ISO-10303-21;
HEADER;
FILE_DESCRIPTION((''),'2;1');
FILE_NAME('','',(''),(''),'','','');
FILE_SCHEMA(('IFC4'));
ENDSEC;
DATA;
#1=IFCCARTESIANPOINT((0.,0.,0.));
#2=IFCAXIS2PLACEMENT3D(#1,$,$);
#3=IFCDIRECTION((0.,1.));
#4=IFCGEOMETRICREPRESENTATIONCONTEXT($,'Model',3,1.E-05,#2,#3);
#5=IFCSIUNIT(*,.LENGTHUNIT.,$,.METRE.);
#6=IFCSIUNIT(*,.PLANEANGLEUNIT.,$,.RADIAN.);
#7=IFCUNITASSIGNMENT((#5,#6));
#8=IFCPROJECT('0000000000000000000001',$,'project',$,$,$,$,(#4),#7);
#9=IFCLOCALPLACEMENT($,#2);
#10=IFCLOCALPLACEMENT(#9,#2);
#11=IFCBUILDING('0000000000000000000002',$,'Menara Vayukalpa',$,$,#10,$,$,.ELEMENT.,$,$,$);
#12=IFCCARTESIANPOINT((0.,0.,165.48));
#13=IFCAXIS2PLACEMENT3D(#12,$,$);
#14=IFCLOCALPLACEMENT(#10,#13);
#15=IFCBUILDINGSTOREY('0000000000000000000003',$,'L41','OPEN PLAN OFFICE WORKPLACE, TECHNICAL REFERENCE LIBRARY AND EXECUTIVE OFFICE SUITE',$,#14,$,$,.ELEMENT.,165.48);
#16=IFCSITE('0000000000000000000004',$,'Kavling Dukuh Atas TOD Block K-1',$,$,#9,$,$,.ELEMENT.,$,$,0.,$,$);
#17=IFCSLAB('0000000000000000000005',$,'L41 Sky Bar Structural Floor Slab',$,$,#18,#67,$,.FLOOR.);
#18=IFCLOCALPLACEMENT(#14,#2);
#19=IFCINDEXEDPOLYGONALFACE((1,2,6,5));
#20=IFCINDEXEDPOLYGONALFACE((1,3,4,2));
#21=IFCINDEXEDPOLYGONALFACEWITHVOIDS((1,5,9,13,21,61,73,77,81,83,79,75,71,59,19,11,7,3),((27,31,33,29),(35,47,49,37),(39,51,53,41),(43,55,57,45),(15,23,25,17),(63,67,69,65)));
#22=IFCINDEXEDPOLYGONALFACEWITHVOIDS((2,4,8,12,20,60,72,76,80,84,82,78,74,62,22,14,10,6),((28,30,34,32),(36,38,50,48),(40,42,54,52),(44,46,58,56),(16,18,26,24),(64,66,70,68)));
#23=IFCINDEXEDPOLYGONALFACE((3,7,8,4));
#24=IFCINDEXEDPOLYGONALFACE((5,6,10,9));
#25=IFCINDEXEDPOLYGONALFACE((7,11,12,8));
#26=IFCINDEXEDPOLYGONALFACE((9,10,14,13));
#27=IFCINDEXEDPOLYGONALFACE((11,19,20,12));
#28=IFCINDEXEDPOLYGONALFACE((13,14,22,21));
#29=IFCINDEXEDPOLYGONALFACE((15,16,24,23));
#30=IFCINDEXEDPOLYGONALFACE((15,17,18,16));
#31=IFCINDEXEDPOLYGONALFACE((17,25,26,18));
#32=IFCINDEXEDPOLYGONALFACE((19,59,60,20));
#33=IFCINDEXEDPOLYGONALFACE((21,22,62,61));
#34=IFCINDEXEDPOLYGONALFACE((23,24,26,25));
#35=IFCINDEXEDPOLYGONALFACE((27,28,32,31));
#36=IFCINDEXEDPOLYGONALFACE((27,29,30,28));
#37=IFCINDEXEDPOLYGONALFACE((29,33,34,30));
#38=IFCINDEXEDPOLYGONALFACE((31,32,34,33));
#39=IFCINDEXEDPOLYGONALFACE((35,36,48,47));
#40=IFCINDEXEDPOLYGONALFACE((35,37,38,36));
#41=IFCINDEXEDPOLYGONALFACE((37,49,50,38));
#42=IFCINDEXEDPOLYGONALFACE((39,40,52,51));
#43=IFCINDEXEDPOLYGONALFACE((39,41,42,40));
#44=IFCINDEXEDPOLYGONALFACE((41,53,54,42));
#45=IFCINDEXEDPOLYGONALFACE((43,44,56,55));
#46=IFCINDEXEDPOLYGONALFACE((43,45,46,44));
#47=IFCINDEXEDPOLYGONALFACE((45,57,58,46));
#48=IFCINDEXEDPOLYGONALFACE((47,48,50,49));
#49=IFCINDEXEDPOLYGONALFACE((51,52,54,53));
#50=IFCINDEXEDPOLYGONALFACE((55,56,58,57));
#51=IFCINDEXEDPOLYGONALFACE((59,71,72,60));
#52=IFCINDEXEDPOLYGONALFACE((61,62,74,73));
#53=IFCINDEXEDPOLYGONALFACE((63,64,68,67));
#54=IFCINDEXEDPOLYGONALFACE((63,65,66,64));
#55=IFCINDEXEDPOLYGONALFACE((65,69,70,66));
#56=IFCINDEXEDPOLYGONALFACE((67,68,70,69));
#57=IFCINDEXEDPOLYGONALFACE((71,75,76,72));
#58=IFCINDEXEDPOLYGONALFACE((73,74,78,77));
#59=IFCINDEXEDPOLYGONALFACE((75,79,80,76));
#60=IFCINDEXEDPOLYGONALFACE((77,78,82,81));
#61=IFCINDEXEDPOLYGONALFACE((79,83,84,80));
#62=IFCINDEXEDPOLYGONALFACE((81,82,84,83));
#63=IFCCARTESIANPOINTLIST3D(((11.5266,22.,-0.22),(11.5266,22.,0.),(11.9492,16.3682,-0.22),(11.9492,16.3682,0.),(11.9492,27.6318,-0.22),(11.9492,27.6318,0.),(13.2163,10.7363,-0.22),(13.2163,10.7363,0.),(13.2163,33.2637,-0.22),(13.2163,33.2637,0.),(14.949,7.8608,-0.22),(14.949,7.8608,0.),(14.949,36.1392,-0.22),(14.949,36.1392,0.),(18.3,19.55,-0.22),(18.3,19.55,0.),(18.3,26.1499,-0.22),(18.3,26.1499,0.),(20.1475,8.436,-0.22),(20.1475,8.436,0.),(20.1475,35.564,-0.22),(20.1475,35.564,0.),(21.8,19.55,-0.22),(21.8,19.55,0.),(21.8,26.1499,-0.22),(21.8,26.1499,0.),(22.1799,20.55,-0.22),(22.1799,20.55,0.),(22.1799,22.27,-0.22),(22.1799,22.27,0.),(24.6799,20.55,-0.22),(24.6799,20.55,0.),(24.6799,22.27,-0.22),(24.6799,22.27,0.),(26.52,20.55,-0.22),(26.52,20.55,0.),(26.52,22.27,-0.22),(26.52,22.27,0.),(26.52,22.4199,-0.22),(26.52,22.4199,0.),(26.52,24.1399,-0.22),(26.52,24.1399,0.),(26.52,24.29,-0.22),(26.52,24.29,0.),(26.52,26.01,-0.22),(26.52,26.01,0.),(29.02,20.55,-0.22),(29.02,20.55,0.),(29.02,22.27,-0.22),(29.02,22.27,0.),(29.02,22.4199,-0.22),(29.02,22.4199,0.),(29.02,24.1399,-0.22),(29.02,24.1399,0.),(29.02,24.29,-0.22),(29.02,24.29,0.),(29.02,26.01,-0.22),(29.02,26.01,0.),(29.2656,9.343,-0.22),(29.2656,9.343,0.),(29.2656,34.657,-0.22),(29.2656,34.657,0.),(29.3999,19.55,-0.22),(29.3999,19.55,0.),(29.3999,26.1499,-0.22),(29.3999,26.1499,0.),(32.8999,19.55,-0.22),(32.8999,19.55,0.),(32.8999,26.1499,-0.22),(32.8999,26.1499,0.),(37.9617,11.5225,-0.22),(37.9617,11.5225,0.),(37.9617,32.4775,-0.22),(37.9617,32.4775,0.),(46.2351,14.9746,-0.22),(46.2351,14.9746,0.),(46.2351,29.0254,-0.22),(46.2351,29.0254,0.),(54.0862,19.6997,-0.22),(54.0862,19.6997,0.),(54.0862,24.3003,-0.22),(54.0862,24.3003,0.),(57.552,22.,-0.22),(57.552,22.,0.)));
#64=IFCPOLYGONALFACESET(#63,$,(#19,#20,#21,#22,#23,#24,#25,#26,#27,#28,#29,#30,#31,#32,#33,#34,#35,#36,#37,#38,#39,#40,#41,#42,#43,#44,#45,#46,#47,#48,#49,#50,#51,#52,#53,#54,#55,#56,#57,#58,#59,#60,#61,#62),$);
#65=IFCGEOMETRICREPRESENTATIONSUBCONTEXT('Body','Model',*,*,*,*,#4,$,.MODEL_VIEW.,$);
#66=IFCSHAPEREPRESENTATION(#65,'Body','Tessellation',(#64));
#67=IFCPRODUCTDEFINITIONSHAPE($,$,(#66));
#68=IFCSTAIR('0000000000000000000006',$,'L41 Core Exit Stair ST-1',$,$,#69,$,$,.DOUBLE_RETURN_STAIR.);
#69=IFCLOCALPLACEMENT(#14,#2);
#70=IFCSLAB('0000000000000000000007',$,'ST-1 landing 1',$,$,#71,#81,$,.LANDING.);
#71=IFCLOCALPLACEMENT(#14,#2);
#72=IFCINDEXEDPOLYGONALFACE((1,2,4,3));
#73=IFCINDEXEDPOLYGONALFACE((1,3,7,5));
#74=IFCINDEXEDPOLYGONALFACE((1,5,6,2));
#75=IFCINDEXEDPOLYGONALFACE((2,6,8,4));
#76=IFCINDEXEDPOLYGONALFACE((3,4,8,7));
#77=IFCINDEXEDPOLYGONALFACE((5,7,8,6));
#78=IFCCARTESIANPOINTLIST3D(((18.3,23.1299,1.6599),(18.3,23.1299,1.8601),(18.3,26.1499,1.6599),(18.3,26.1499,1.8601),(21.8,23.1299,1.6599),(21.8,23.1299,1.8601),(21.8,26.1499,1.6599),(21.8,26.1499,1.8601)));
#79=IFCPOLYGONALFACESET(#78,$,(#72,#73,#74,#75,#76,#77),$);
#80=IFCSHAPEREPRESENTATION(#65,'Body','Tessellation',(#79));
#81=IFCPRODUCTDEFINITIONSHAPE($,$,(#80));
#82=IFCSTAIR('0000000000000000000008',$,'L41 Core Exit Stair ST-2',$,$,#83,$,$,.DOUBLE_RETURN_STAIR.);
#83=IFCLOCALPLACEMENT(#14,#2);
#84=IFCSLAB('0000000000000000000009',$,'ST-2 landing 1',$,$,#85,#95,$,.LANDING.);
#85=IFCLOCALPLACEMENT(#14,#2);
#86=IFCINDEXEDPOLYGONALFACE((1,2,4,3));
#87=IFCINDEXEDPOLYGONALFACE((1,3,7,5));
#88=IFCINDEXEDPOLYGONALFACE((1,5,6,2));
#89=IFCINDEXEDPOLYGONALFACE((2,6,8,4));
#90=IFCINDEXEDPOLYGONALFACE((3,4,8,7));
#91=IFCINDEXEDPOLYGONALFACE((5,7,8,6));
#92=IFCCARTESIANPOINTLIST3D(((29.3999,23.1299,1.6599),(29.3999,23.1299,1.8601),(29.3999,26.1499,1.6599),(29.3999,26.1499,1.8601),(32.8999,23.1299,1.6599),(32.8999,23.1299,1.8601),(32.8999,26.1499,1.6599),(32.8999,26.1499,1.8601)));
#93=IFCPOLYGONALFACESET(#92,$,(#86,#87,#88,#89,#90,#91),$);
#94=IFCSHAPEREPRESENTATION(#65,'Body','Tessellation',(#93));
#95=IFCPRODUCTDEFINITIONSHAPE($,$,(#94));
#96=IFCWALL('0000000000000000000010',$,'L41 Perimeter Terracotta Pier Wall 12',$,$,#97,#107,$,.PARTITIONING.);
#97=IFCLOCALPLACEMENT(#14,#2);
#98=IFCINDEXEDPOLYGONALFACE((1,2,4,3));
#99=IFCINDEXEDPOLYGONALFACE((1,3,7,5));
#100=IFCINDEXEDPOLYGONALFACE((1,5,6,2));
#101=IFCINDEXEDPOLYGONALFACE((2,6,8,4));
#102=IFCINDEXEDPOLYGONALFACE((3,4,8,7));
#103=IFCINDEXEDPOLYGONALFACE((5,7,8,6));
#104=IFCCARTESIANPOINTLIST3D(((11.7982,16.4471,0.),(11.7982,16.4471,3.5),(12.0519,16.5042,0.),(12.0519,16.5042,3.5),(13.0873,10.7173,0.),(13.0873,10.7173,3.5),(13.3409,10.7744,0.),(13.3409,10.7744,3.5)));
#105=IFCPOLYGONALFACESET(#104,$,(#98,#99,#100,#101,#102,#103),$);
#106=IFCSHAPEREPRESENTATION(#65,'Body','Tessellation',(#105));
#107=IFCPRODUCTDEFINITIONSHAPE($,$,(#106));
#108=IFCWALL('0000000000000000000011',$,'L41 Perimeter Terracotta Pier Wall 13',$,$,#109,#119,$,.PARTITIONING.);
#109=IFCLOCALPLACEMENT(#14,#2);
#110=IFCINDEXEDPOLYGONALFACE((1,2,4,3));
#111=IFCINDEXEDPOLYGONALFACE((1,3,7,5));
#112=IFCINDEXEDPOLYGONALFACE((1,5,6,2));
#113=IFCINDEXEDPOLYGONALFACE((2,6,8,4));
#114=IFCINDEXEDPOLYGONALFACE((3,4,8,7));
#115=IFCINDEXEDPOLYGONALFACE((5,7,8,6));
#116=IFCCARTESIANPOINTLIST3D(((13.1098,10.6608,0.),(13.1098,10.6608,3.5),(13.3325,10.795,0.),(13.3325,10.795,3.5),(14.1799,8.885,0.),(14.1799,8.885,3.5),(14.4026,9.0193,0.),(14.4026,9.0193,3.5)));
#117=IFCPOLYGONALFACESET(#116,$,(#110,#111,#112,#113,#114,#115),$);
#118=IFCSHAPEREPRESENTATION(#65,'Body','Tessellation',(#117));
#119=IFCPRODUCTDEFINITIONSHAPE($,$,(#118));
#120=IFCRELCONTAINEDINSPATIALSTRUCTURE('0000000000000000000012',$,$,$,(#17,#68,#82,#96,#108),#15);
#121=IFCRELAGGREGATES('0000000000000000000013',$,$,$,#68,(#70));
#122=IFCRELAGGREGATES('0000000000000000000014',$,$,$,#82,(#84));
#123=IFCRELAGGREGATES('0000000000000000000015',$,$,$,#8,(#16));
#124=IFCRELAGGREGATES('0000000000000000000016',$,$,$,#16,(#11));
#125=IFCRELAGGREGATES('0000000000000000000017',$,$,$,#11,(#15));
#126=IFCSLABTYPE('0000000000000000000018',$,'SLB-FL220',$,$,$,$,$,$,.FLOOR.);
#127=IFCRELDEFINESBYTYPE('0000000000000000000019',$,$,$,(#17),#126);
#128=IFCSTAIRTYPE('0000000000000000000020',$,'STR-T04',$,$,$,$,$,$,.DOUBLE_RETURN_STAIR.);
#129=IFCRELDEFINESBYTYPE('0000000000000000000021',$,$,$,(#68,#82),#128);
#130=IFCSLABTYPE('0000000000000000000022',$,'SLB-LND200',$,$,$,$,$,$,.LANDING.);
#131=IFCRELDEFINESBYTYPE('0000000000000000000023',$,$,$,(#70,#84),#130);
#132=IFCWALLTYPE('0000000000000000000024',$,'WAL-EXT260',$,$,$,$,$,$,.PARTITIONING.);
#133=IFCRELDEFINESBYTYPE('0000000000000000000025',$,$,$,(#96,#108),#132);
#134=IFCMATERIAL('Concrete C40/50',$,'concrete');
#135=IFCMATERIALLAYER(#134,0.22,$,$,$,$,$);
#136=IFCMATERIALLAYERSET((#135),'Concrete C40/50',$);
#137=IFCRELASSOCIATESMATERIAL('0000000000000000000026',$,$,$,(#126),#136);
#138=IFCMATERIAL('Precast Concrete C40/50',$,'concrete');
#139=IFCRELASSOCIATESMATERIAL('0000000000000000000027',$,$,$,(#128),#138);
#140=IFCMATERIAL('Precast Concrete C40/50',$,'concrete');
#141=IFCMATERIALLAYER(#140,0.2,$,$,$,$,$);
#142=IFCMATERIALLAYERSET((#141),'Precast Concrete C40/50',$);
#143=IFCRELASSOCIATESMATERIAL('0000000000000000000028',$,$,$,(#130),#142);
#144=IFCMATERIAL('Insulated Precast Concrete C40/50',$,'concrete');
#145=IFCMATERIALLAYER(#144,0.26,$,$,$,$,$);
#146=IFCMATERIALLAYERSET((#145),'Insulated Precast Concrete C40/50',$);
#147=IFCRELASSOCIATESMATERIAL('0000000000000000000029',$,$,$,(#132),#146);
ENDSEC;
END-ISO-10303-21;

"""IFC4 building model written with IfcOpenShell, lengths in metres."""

from ifc_helpers import new_model, si_unit, direction, frame, frame_2d, origin, place, context, subcontext, project, spatial, polyline, rectangle, outline, extrude, material, layer, layer_set, type_object, element, aggregate, save


model = new_model("IFC4")

# Units and contexts
model_context = context("Model", 3, precision=1e-05, world=origin(), true_north=direction((0.0, 1.0)))
body_context = subcontext(model_context, "Body", "Model", "MODEL_VIEW")
ifc_project = project(units=[si_unit("LENGTHUNIT", "METRE"), si_unit("PLANEANGLEUNIT", "RADIAN")], contexts=[model_context])

# Site, building, storey
site_placement = place(None, origin())
site = spatial("IfcSite", under=ifc_project, at=site_placement, Name="Kavling Dukuh Atas TOD Block K-1", CompositionType="ELEMENT", RefElevation=0.0)
building_placement = place(site_placement, origin())
building = spatial("IfcBuilding", under=site, at=building_placement, Name="Menara Vayukalpa", CompositionType="ELEMENT")
storey_placement = place(building_placement, frame((0.0, 0.0, 165.48)))
storey = spatial("IfcBuildingStorey", under=building, at=storey_placement, Name="L41", Description="OPEN PLAN OFFICE WORKPLACE, TECHNICAL REFERENCE LIBRARY AND EXECUTIVE OFFICE SUITE", CompositionType="ELEMENT", Elevation=165.48)

# Slab
ifc_material_1 = material(Name="Concrete C40/50", Category="concrete")
ifc_layer_1 = layer(ifc_material_1, 0.22)
ifc_layer_set_1 = layer_set([ifc_layer_1], Name="Concrete C40/50")
slab_type_1 = type_object("IfcSlabType", Name="SLB-FL220", PredefinedType="FLOOR", material=ifc_layer_set_1)
slab_1_placement = place(storey_placement, frame((0.0, 0.0, -0.22)))
element("IfcSlab", 1, at=slab_1_placement, inside=storey, type_object=slab_type_1, Name="L41 Sky Bar Structural Floor Slab", PredefinedType="FLOOR", context=body_context, shape_type="SweptSolid", body=[
    extrude(outline(polyline([(54.0862, 19.6997), (57.552, 22.0), (54.0862, 24.3003), (46.2351, 29.0254), (37.9617, 32.4775), (29.2656, 34.657), (20.1475, 35.564), (14.949, 36.1392), (13.2163, 33.2637), (11.9492, 27.6318), (11.5266, 22.0), (11.9492, 16.3682), (13.2163, 10.7363), (14.949, 7.8608), (20.1475, 8.436), (29.2656, 9.343), (37.9617, 11.5225), (46.2351, 14.9746), (54.0862, 19.6997)]), holes=[polyline([(21.8, 19.55), (21.8, 26.1499), (18.3, 26.1499), (18.3, 19.55), (21.8, 19.55)]), polyline([(32.8999, 19.55), (32.8999, 26.1499), (29.3999, 26.1499), (29.3999, 19.55), (32.8999, 19.55)]), polyline([(22.1799, 20.55), (24.6799, 20.55), (24.6799, 22.27), (22.1799, 22.27), (22.1799, 20.55)]), polyline([(26.52, 20.55), (29.02, 20.55), (29.02, 22.27), (26.52, 22.27), (26.52, 20.55)]), polyline([(26.52, 24.29), (29.02, 24.29), (29.02, 26.01), (26.52, 26.01), (26.52, 24.29)]), polyline([(26.52, 22.4199), (29.02, 22.4199), (29.02, 24.1399), (26.52, 24.1399), (26.52, 22.4199)])]), origin(), (0.0, 0.0, 1.0), 0.22),
])

# Stairs, slabs
ifc_material_2 = material(Name="Precast Concrete C40/50", Category="concrete")
stair_type = type_object("IfcStairType", Name="STR-T04", PredefinedType="DOUBLE_RETURN_STAIR", material=ifc_material_2)
stair_1_placement = place(storey_placement, origin())
stair_1 = element("IfcStair", 2, at=stair_1_placement, inside=storey, type_object=stair_type, Name="L41 Core Exit Stair ST-1", PredefinedType="DOUBLE_RETURN_STAIR")
ifc_material_3 = material(Name="Precast Concrete C40/50", Category="concrete")
ifc_layer_2 = layer(ifc_material_3, 0.2)
ifc_layer_set_2 = layer_set([ifc_layer_2], Name="Precast Concrete C40/50")
slab_type_2 = type_object("IfcSlabType", Name="SLB-LND200", PredefinedType="LANDING", material=ifc_layer_set_2)
slab_2_placement = place(storey_placement, frame((0.0, 0.0, 1.6599)))
slab_2 = element("IfcSlab", 3, at=slab_2_placement, type_object=slab_type_2, Name="ST-1 landing 1", PredefinedType="LANDING", context=body_context, shape_type="SweptSolid", body=[
    extrude(outline(polyline([(21.8, 23.1299), (21.8, 26.1499), (18.3, 26.1499), (18.3, 23.1299), (21.8, 23.1299)])), origin(), (0.0, 0.0, 1.0), 0.2002),
])
aggregate(stair_1, [slab_2])
stair_2_placement = place(storey_placement, origin())
stair_2 = element("IfcStair", 4, at=stair_2_placement, inside=storey, type_object=stair_type, Name="L41 Core Exit Stair ST-2", PredefinedType="DOUBLE_RETURN_STAIR")
slab_3_placement = place(storey_placement, frame((0.0, 0.0, 1.6599)))
slab_3 = element("IfcSlab", 5, at=slab_3_placement, type_object=slab_type_2, Name="ST-2 landing 1", PredefinedType="LANDING", context=body_context, shape_type="SweptSolid", body=[
    extrude(outline(polyline([(32.8999, 23.1299), (32.8999, 26.1499), (29.3999, 26.1499), (29.3999, 23.1299), (32.8999, 23.1299)])), origin(), (0.0, 0.0, 1.0), 0.2002),
])
aggregate(stair_2, [slab_3])

# Walls
ifc_material_4 = material(Name="Insulated Precast Concrete C40/50", Category="concrete")
ifc_layer_3 = layer(ifc_material_4, 0.26)
ifc_layer_set_3 = layer_set([ifc_layer_3], Name="Insulated Precast Concrete C40/50")
wall_type = type_object("IfcWallType", Name="WAL-EXT260", PredefinedType="PARTITIONING", material=ifc_layer_set_3)
wall_1_placement = place(storey_placement, frame((13.2141, 10.7458, 0.0), z_axis=(0.0, 0.0, 1.0), x_axis=(-0.219491, 0.975614, 0.0)))
element("IfcWall", 6, at=wall_1_placement, inside=storey, type_object=wall_type, Name="L41 Perimeter Terracotta Pier Wall 12", PredefinedType="PARTITIONING", context=body_context, shape_type="SweptSolid", body=[
    extrude(rectangle(XDim=5.873, YDim=0.26, at=frame_2d((2.9365, 0.0))), origin(), (0.0, 0.0, 1.0), 3.5),
])
wall_2_placement = place(storey_placement, frame((14.2913, 8.9521, 0.0), z_axis=(0.0, 0.0, 1.0), x_axis=(-0.516157, 0.856494, 0.0)))
element("IfcWall", 7, at=wall_2_placement, inside=storey, type_object=wall_type, Name="L41 Perimeter Terracotta Pier Wall 13", PredefinedType="PARTITIONING", context=body_context, shape_type="SweptSolid", body=[
    extrude(rectangle(XDim=2.0732, YDim=0.26, at=frame_2d((1.0366, 0.0))), origin(), (0.0, 0.0, 1.0), 3.5),
])

save(model, "model.ifc")
